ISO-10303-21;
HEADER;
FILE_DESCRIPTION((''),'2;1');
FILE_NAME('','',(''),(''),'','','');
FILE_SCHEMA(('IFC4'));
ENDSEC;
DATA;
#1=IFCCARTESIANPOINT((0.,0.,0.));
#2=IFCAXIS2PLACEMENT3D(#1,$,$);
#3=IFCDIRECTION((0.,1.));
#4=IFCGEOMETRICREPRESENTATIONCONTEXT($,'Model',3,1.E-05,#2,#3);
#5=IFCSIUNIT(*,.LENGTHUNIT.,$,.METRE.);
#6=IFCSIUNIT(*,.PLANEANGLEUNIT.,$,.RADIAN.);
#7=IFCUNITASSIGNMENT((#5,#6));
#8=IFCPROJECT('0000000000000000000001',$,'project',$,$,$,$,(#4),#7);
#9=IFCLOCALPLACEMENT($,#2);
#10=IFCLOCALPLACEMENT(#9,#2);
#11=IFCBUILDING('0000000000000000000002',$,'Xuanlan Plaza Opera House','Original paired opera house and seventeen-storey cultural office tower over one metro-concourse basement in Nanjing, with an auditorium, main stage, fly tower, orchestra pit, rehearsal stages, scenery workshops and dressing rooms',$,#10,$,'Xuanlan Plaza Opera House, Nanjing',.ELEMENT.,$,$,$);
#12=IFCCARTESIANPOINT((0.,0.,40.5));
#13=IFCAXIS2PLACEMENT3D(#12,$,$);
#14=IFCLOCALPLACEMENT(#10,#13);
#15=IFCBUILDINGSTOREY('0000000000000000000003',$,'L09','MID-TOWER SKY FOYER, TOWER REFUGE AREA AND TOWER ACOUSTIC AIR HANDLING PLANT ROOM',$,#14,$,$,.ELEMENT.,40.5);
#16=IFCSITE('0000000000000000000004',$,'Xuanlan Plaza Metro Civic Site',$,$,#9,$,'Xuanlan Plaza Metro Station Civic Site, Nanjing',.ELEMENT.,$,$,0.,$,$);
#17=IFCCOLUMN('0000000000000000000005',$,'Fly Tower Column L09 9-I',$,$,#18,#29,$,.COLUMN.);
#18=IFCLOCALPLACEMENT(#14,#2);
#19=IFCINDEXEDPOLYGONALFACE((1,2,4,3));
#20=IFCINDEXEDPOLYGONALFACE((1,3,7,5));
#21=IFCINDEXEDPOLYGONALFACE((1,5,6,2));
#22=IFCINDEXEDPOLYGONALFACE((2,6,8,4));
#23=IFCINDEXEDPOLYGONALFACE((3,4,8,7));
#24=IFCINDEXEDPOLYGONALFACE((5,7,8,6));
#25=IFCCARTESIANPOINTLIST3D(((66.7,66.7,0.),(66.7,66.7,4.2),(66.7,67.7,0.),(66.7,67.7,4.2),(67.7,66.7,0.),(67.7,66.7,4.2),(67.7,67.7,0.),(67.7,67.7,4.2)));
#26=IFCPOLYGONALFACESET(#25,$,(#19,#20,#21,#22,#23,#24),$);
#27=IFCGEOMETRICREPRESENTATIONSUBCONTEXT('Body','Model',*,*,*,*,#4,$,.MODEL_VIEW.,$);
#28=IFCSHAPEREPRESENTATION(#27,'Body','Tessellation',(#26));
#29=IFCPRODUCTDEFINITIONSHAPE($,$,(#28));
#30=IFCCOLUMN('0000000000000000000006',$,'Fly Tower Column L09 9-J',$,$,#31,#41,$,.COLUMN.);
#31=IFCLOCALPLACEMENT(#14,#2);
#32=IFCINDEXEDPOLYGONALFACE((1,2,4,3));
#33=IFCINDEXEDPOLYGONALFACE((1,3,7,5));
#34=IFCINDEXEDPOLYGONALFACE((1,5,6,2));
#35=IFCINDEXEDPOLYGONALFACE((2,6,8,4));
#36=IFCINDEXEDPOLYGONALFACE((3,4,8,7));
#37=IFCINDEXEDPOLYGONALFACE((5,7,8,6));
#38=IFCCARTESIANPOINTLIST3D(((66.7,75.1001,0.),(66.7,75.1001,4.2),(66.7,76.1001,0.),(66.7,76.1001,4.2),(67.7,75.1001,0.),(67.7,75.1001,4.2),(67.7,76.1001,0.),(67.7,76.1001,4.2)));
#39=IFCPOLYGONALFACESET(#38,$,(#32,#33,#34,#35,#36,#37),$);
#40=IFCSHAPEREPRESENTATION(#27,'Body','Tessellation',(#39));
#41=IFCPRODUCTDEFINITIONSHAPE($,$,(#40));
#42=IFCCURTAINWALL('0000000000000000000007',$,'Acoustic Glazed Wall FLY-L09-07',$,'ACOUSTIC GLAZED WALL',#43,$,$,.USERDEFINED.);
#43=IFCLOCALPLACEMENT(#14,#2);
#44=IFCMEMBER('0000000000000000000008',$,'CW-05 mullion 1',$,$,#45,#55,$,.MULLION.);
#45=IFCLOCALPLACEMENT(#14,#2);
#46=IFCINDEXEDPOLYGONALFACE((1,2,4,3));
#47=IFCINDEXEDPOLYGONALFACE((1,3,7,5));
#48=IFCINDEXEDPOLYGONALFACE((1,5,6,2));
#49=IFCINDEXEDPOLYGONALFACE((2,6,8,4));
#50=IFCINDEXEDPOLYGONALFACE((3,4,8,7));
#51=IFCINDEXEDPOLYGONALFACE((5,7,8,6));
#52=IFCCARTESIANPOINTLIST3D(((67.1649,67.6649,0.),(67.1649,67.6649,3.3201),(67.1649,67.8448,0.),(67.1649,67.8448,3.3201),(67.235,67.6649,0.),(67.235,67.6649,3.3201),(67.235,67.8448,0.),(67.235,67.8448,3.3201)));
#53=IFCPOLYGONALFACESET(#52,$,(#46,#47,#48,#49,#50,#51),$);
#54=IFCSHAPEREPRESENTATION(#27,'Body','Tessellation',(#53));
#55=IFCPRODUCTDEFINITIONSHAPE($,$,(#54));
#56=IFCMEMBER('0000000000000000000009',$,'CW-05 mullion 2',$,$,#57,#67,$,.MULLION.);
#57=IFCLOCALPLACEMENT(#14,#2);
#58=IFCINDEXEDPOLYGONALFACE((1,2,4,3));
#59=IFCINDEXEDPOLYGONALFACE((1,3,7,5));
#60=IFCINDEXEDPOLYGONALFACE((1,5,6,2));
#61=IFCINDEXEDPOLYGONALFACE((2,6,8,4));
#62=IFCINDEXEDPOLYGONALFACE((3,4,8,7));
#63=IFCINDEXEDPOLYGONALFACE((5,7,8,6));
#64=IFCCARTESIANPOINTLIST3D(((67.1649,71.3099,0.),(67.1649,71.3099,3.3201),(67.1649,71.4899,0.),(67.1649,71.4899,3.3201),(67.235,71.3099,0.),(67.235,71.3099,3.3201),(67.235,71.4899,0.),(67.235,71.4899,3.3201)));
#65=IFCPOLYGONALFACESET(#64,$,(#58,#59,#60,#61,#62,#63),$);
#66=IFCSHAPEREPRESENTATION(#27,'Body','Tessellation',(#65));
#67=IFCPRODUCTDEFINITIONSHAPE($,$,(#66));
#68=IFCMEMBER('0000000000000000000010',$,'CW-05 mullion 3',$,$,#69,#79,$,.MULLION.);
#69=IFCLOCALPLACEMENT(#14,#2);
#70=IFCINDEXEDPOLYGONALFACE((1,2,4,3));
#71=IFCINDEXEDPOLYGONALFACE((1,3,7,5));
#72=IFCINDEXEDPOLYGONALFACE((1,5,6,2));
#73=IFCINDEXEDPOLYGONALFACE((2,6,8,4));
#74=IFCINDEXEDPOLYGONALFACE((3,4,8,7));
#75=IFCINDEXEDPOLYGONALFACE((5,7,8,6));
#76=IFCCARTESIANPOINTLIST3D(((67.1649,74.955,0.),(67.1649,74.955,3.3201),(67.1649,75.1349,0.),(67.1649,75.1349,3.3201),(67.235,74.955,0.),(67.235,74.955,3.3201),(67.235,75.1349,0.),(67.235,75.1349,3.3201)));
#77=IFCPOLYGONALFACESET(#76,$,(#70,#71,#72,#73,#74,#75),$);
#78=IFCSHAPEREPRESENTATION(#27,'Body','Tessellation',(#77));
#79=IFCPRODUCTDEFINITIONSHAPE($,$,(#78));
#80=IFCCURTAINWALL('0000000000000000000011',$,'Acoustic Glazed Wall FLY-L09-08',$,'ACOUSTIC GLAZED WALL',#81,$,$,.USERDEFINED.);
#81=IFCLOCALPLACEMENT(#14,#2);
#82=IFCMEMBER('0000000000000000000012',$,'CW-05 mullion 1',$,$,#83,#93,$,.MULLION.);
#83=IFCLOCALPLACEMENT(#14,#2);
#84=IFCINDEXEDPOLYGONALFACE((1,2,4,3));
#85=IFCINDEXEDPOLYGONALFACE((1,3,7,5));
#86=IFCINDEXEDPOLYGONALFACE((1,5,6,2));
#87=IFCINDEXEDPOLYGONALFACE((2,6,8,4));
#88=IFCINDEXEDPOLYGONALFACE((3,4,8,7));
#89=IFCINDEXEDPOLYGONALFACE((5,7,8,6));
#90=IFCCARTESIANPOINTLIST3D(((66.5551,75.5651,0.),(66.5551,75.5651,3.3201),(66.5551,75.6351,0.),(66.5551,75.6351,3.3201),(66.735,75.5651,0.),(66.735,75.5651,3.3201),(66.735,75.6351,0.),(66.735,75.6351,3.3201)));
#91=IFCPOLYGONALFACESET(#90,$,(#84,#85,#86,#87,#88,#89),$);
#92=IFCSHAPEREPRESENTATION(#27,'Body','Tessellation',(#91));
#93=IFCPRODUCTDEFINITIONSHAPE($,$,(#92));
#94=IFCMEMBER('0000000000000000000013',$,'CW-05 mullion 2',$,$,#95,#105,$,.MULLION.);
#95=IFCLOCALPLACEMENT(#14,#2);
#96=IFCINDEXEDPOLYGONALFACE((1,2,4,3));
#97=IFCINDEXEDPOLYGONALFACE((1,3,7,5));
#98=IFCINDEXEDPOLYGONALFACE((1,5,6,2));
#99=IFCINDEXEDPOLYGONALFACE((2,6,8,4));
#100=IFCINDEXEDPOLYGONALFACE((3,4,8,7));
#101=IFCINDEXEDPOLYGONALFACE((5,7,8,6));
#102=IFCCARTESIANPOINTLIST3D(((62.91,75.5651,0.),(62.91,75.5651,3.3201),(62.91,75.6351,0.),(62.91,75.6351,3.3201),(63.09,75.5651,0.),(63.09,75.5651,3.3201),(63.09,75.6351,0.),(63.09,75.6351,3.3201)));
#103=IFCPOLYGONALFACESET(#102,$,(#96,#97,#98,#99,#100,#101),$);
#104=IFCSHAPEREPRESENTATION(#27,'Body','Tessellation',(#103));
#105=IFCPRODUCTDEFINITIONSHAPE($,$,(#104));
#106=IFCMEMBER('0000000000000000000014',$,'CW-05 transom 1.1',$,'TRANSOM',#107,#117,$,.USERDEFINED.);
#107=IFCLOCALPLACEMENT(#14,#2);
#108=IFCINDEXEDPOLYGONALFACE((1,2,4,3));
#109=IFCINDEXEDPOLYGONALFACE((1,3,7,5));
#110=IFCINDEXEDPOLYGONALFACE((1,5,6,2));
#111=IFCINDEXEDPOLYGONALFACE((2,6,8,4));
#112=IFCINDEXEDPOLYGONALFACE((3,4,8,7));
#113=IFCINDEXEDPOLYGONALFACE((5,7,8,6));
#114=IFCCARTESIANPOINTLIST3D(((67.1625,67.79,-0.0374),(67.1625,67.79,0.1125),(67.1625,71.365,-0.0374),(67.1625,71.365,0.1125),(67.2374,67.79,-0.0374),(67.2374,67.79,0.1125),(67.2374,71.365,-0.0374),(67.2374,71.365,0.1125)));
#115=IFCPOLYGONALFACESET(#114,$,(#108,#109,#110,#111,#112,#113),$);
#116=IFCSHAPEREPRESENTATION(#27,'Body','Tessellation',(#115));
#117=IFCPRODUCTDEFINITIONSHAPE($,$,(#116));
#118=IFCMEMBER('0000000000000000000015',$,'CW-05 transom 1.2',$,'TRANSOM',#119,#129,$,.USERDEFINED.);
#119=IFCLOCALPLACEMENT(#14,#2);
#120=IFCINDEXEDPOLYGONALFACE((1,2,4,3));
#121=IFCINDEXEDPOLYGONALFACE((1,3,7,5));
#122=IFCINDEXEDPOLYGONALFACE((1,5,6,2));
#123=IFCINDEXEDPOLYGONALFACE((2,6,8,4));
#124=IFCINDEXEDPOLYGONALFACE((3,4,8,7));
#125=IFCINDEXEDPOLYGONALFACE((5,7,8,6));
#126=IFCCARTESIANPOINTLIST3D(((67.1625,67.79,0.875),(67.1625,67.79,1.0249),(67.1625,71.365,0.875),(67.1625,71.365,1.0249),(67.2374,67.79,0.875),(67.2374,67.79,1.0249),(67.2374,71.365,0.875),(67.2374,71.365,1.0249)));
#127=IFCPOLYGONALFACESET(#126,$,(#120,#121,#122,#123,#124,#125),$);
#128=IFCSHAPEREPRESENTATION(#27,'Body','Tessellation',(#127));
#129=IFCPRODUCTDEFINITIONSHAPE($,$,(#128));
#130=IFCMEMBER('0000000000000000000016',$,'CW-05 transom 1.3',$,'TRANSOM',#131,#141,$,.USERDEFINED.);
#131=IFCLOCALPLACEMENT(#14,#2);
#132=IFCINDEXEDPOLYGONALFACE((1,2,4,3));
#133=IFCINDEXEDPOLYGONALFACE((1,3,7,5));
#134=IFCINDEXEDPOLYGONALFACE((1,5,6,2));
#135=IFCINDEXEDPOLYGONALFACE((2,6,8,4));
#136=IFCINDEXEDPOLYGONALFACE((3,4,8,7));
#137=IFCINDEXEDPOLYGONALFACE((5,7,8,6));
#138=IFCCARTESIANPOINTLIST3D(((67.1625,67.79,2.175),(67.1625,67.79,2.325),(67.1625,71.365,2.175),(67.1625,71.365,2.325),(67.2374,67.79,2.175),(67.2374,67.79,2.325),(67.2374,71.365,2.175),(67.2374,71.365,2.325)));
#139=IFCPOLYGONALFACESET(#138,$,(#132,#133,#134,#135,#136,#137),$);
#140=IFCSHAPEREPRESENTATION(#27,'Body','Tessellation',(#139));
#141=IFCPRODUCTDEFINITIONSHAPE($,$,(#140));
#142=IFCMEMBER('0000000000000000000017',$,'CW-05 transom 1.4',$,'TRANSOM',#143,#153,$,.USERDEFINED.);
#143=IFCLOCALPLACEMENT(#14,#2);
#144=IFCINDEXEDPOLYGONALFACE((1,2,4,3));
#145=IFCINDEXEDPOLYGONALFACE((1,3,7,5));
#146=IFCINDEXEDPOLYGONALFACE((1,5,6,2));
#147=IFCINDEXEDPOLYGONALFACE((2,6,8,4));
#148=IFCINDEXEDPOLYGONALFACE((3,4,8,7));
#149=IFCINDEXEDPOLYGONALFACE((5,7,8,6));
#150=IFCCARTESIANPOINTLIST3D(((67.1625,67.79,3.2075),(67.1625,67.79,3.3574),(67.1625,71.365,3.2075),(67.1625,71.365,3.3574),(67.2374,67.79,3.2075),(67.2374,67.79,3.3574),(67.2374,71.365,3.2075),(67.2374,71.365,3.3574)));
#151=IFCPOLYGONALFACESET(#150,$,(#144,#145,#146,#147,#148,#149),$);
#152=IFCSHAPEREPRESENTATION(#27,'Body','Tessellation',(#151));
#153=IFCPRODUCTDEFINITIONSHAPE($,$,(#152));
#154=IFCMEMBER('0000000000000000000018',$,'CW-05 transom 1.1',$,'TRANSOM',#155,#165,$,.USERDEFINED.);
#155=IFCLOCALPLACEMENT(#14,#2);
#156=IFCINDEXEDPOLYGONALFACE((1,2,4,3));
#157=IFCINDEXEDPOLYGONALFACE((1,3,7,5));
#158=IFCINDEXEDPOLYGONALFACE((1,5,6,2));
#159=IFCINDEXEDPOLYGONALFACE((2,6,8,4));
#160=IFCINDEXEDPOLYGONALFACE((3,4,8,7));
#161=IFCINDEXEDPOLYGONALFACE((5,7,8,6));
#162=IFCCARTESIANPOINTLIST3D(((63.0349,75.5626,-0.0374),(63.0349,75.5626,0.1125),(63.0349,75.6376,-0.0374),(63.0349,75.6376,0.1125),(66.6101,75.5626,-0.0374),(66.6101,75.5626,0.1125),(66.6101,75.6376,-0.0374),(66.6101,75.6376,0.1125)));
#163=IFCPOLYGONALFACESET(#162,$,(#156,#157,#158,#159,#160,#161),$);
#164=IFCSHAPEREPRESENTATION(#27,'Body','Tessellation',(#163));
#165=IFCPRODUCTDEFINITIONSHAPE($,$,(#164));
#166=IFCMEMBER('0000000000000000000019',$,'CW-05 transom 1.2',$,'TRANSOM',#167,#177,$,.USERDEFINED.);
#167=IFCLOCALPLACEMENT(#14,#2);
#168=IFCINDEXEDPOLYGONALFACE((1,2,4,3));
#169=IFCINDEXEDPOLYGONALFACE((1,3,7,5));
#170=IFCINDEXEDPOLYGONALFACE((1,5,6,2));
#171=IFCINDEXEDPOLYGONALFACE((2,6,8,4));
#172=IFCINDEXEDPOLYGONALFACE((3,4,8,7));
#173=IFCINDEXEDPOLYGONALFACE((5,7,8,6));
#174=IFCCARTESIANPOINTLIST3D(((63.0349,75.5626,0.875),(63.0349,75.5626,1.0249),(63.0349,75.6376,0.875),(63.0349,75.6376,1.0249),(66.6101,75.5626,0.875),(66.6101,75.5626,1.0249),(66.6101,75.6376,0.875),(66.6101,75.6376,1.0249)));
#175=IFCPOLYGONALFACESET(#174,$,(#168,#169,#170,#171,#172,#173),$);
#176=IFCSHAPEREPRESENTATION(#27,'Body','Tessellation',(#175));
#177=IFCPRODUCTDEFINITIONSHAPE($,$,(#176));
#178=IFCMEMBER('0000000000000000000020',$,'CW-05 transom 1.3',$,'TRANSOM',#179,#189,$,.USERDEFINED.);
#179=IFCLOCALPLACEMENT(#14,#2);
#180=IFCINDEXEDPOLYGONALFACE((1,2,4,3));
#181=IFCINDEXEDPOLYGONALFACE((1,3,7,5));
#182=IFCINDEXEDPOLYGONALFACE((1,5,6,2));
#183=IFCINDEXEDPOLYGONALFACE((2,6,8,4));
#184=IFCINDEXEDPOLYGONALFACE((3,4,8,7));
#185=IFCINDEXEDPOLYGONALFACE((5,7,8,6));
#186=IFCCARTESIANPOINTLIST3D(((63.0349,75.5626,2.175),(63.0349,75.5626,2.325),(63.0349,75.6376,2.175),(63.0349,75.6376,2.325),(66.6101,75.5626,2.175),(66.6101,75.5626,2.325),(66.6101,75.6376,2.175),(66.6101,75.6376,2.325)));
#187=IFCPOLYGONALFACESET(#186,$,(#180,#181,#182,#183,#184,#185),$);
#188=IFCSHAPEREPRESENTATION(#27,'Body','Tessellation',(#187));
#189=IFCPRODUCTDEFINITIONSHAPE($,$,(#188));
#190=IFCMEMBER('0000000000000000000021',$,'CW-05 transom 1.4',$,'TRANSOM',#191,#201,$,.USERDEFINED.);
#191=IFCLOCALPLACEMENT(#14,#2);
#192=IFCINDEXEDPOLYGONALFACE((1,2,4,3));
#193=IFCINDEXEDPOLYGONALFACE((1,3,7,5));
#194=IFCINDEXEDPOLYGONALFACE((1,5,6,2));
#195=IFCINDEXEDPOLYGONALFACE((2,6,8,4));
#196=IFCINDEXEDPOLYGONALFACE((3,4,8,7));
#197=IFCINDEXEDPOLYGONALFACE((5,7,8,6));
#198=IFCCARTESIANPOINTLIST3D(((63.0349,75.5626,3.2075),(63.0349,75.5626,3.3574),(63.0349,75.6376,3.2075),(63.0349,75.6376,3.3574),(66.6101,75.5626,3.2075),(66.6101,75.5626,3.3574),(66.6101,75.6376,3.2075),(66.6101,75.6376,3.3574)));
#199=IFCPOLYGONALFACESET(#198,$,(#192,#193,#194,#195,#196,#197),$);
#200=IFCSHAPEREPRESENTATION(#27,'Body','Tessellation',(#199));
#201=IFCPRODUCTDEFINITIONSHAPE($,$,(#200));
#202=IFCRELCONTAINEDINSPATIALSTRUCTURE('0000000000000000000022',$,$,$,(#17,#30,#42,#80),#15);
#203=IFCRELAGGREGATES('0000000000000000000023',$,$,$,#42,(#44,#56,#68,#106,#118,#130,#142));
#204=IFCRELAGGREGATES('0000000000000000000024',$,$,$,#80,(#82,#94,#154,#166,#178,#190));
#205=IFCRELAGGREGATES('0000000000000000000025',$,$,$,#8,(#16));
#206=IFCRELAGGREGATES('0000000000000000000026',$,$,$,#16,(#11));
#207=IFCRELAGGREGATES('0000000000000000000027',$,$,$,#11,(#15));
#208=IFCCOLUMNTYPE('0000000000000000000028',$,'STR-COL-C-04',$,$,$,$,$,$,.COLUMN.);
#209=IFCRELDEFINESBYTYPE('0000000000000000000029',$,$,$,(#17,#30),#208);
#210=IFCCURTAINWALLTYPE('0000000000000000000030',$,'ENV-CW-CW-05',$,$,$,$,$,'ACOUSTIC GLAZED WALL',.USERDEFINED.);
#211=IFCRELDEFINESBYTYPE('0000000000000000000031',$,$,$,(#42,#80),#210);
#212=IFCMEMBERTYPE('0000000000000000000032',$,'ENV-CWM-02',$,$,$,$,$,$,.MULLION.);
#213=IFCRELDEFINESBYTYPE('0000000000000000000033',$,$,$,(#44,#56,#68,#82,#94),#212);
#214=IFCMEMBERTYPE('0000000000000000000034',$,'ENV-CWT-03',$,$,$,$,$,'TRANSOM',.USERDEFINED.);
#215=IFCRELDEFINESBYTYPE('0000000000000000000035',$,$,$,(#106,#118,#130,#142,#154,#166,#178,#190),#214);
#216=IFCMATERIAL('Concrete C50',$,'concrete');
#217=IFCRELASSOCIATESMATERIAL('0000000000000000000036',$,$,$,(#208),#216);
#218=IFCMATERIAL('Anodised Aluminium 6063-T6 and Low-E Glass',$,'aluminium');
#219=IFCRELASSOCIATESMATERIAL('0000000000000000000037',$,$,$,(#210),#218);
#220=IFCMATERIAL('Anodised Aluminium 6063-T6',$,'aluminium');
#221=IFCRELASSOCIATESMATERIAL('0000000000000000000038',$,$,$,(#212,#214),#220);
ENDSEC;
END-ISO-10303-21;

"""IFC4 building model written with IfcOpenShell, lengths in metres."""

from ifc_helpers import new_model, si_unit, direction, frame, origin, origin_2d, place, context, subcontext, project, spatial, rectangle, extrude, material, material_profile, profile_set, type_object, element, aggregate, save


model = new_model("IFC4")

# Units and contexts
model_context = context("Model", 3, precision=1e-05, world=origin(), true_north=direction((0.0, 1.0)))
body_context = subcontext(model_context, "Body", "Model", "MODEL_VIEW")
ifc_project = project(units=[si_unit("LENGTHUNIT", "METRE"), si_unit("PLANEANGLEUNIT", "RADIAN")], contexts=[model_context])

# Site, building, storey
site_placement = place(None, origin())
site = spatial("IfcSite", under=ifc_project, at=site_placement, Name="Xuanlan Plaza Metro Civic Site", LongName="Xuanlan Plaza Metro Station Civic Site, Nanjing", CompositionType="ELEMENT", RefElevation=0.0)
building_placement = place(site_placement, origin())
building = spatial("IfcBuilding", under=site, at=building_placement, Name="Xuanlan Plaza Opera House", Description="Original paired opera house and seventeen-storey cultural office tower over one metro-concourse basement in Nanjing, with an auditorium, main stage, fly tower, orchestra pit, rehearsal stages, scenery workshops and dressing rooms", LongName="Xuanlan Plaza Opera House, Nanjing", CompositionType="ELEMENT")
storey_placement = place(building_placement, frame((0.0, 0.0, 40.5)))
storey = spatial("IfcBuildingStorey", under=building, at=storey_placement, Name="L09", Description="MID-TOWER SKY FOYER, TOWER REFUGE AREA AND TOWER ACOUSTIC AIR HANDLING PLANT ROOM", CompositionType="ELEMENT", Elevation=40.5)

# Columns
ifc_material_1 = material(Name="Concrete C50", Category="concrete")
ifc_material_profile_1 = material_profile(ifc_material_1, rectangle(XDim=1.0, YDim=1.0, at=origin_2d()), Name="RC-COL 1000x1000")
ifc_profile_set_1 = profile_set([ifc_material_profile_1], Name="Concrete C50")
column_type = type_object("IfcColumnType", Name="STR-COL-C-04", PredefinedType="COLUMN", material=ifc_profile_set_1)
for number, where, z_axis, x_axis, name in (
    (1, (67.2, 67.2, 0.0), (0.0, 0.0, 1.0), (1.0, 0.0, 0.0), "Fly Tower Column L09 9-I"),
    (2, (67.2, 75.6001, 0.0), (0.0, 0.0, 1.0), (1.0, 0.0, 0.0), "Fly Tower Column L09 9-J"),
):
    element("IfcColumn", number, at=place(storey_placement, frame(where, z_axis=z_axis, x_axis=x_axis)), inside=storey, type_object=column_type, Name=name, PredefinedType="COLUMN", context=body_context, shape_type="SweptSolid", body=[
        extrude(rectangle(XDim=1.0, YDim=1.0, at=origin_2d()), origin(), (0.0, 0.0, 1.0), 4.2),
    ])

# Curtain walls, members
ifc_material_2 = material(Name="Anodised Aluminium 6063-T6 and Low-E Glass", Category="aluminium")
curtain_wall_type = type_object("IfcCurtainWallType", Name="ENV-CW-CW-05", ElementType="ACOUSTIC GLAZED WALL", PredefinedType="USERDEFINED", material=ifc_material_2)
curtain_wall_1_placement = place(storey_placement, origin())
curtain_wall_1 = element("IfcCurtainWall", 3, at=curtain_wall_1_placement, inside=storey, type_object=curtain_wall_type, Name="Acoustic Glazed Wall FLY-L09-07", ObjectType="ACOUSTIC GLAZED WALL", PredefinedType="USERDEFINED")
ifc_material_3 = material(Name="Anodised Aluminium 6063-T6", Category="aluminium")
ifc_material_profile_2 = material_profile(ifc_material_3, rectangle(XDim=0.0701, YDim=0.1799, at=origin_2d()), Name="ALU-M 70x180")
ifc_profile_set_2 = profile_set([ifc_material_profile_2], Name="Anodised Aluminium 6063-T6")
member_type_1 = type_object("IfcMemberType", Name="ENV-CWM-02", PredefinedType="MULLION", material=ifc_profile_set_2)
member_1_placement = place(storey_placement, frame((67.2, 67.7549, 0.0), z_axis=(0.0, 0.0, 1.0), x_axis=(-1.0, 0.0, 0.0)))
member_1 = element("IfcMember", 4, at=member_1_placement, type_object=member_type_1, Name="CW-05 mullion 1", PredefinedType="MULLION", context=body_context, shape_type="SweptSolid", body=[
    extrude(rectangle(XDim=0.0701, YDim=0.1799, at=origin_2d()), origin(), (0.0, 0.0, 1.0), 3.3201),
])
member_2_placement = place(storey_placement, frame((67.2, 71.3999, 0.0), z_axis=(0.0, 0.0, 1.0), x_axis=(-1.0, 0.0, 0.0)))
member_2 = element("IfcMember", 5, at=member_2_placement, type_object=member_type_1, Name="CW-05 mullion 2", PredefinedType="MULLION", context=body_context, shape_type="SweptSolid", body=[
    extrude(rectangle(XDim=0.0701, YDim=0.1799, at=origin_2d()), origin(), (0.0, 0.0, 1.0), 3.3201),
])
member_3_placement = place(storey_placement, frame((67.2, 75.0449, 0.0), z_axis=(0.0, 0.0, 1.0), x_axis=(-1.0, 0.0, 0.0)))
member_3 = element("IfcMember", 6, at=member_3_placement, type_object=member_type_1, Name="CW-05 mullion 3", PredefinedType="MULLION", context=body_context, shape_type="SweptSolid", body=[
    extrude(rectangle(XDim=0.0701, YDim=0.1799, at=origin_2d()), origin(), (0.0, 0.0, 1.0), 3.3201),
])
curtain_wall_2_placement = place(storey_placement, origin())
curtain_wall_2 = element("IfcCurtainWall", 7, at=curtain_wall_2_placement, inside=storey, type_object=curtain_wall_type, Name="Acoustic Glazed Wall FLY-L09-08", ObjectType="ACOUSTIC GLAZED WALL", PredefinedType="USERDEFINED")
member_4_placement = place(storey_placement, frame((66.645, 75.6001, 0.0), z_axis=(0.0, 0.0, 1.0), x_axis=(0.0, -1.0, 0.0)))
member_4 = element("IfcMember", 8, at=member_4_placement, type_object=member_type_1, Name="CW-05 mullion 1", PredefinedType="MULLION", context=body_context, shape_type="SweptSolid", body=[
    extrude(rectangle(XDim=0.0701, YDim=0.1799, at=origin_2d()), origin(), (0.0, 0.0, 1.0), 3.3201),
])
member_5_placement = place(storey_placement, frame((63.0, 75.6001, 0.0), z_axis=(0.0, 0.0, 1.0), x_axis=(0.0, -1.0, 0.0)))
member_5 = element("IfcMember", 9, at=member_5_placement, type_object=member_type_1, Name="CW-05 mullion 2", PredefinedType="MULLION", context=body_context, shape_type="SweptSolid", body=[
    extrude(rectangle(XDim=0.0701, YDim=0.1799, at=origin_2d()), origin(), (0.0, 0.0, 1.0), 3.3201),
])

# Members
ifc_material_profile_3 = material_profile(ifc_material_3, rectangle(XDim=0.075, YDim=0.1499, at=origin_2d()), Name="ALU-T 75x150")
ifc_profile_set_3 = profile_set([ifc_material_profile_3], Name="Anodised Aluminium 6063-T6")
member_type_2 = type_object("IfcMemberType", Name="ENV-CWT-03", ElementType="TRANSOM", PredefinedType="USERDEFINED", material=ifc_profile_set_3)
member_6_placement = place(storey_placement, frame((67.2, 67.79, 0.0376), z_axis=(0.0, 1.0, 0.0), x_axis=(-1.0, 0.0, 0.0)))
member_6 = element("IfcMember", 10, at=member_6_placement, type_object=member_type_2, Name="CW-05 transom 1.1", ObjectType="TRANSOM", PredefinedType="USERDEFINED", context=body_context, shape_type="SweptSolid", body=[
    extrude(rectangle(XDim=0.075, YDim=0.1499, at=origin_2d()), origin(), (0.0, 0.0, 1.0), 3.575),
])
member_7_placement = place(storey_placement, frame((67.2, 67.79, 0.95), z_axis=(0.0, 1.0, 0.0), x_axis=(-1.0, 0.0, 0.0)))
member_7 = element("IfcMember", 11, at=member_7_placement, type_object=member_type_2, Name="CW-05 transom 1.2", ObjectType="TRANSOM", PredefinedType="USERDEFINED", context=body_context, shape_type="SweptSolid", body=[
    extrude(rectangle(XDim=0.075, YDim=0.1499, at=origin_2d()), origin(), (0.0, 0.0, 1.0), 3.575),
])
member_8_placement = place(storey_placement, frame((67.2, 67.79, 2.25), z_axis=(0.0, 1.0, 0.0), x_axis=(-1.0, 0.0, 0.0)))
member_8 = element("IfcMember", 12, at=member_8_placement, type_object=member_type_2, Name="CW-05 transom 1.3", ObjectType="TRANSOM", PredefinedType="USERDEFINED", context=body_context, shape_type="SweptSolid", body=[
    extrude(rectangle(XDim=0.075, YDim=0.1499, at=origin_2d()), origin(), (0.0, 0.0, 1.0), 3.575),
])
member_9_placement = place(storey_placement, frame((67.2, 67.79, 3.2825), z_axis=(0.0, 1.0, 0.0), x_axis=(-1.0, 0.0, 0.0)))
member_9 = element("IfcMember", 13, at=member_9_placement, type_object=member_type_2, Name="CW-05 transom 1.4", ObjectType="TRANSOM", PredefinedType="USERDEFINED", context=body_context, shape_type="SweptSolid", body=[
    extrude(rectangle(XDim=0.075, YDim=0.1499, at=origin_2d()), origin(), (0.0, 0.0, 1.0), 3.575),
])
member_10_placement = place(storey_placement, frame((66.6101, 75.6001, 0.0376), z_axis=(-1.0, 0.0, 0.0), x_axis=(0.0, -1.0, 0.0)))
member_10 = element("IfcMember", 14, at=member_10_placement, type_object=member_type_2, Name="CW-05 transom 1.1", ObjectType="TRANSOM", PredefinedType="USERDEFINED", context=body_context, shape_type="SweptSolid", body=[
    extrude(rectangle(XDim=0.075, YDim=0.1499, at=origin_2d()), origin(), (0.0, 0.0, 1.0), 3.5752),
])
member_11_placement = place(storey_placement, frame((66.6101, 75.6001, 0.95), z_axis=(-1.0, 0.0, 0.0), x_axis=(0.0, -1.0, 0.0)))
member_11 = element("IfcMember", 15, at=member_11_placement, type_object=member_type_2, Name="CW-05 transom 1.2", ObjectType="TRANSOM", PredefinedType="USERDEFINED", context=body_context, shape_type="SweptSolid", body=[
    extrude(rectangle(XDim=0.075, YDim=0.1499, at=origin_2d()), origin(), (0.0, 0.0, 1.0), 3.5752),
])
member_12_placement = place(storey_placement, frame((66.6101, 75.6001, 2.25), z_axis=(-1.0, 0.0, 0.0), x_axis=(0.0, -1.0, 0.0)))
member_12 = element("IfcMember", 16, at=member_12_placement, type_object=member_type_2, Name="CW-05 transom 1.3", ObjectType="TRANSOM", PredefinedType="USERDEFINED", context=body_context, shape_type="SweptSolid", body=[
    extrude(rectangle(XDim=0.075, YDim=0.1499, at=origin_2d()), origin(), (0.0, 0.0, 1.0), 3.5752),
])
member_13_placement = place(storey_placement, frame((66.6101, 75.6001, 3.2825), z_axis=(-1.0, 0.0, 0.0), x_axis=(0.0, -1.0, 0.0)))
member_13 = element("IfcMember", 17, at=member_13_placement, type_object=member_type_2, Name="CW-05 transom 1.4", ObjectType="TRANSOM", PredefinedType="USERDEFINED", context=body_context, shape_type="SweptSolid", body=[
    extrude(rectangle(XDim=0.075, YDim=0.1499, at=origin_2d()), origin(), (0.0, 0.0, 1.0), 3.5752),
])

aggregate(curtain_wall_1, [member_1, member_2, member_3, member_6, member_7, member_8, member_9])
aggregate(curtain_wall_2, [member_4, member_5, member_10, member_11, member_12, member_13])

save(model, "model.ifc")
